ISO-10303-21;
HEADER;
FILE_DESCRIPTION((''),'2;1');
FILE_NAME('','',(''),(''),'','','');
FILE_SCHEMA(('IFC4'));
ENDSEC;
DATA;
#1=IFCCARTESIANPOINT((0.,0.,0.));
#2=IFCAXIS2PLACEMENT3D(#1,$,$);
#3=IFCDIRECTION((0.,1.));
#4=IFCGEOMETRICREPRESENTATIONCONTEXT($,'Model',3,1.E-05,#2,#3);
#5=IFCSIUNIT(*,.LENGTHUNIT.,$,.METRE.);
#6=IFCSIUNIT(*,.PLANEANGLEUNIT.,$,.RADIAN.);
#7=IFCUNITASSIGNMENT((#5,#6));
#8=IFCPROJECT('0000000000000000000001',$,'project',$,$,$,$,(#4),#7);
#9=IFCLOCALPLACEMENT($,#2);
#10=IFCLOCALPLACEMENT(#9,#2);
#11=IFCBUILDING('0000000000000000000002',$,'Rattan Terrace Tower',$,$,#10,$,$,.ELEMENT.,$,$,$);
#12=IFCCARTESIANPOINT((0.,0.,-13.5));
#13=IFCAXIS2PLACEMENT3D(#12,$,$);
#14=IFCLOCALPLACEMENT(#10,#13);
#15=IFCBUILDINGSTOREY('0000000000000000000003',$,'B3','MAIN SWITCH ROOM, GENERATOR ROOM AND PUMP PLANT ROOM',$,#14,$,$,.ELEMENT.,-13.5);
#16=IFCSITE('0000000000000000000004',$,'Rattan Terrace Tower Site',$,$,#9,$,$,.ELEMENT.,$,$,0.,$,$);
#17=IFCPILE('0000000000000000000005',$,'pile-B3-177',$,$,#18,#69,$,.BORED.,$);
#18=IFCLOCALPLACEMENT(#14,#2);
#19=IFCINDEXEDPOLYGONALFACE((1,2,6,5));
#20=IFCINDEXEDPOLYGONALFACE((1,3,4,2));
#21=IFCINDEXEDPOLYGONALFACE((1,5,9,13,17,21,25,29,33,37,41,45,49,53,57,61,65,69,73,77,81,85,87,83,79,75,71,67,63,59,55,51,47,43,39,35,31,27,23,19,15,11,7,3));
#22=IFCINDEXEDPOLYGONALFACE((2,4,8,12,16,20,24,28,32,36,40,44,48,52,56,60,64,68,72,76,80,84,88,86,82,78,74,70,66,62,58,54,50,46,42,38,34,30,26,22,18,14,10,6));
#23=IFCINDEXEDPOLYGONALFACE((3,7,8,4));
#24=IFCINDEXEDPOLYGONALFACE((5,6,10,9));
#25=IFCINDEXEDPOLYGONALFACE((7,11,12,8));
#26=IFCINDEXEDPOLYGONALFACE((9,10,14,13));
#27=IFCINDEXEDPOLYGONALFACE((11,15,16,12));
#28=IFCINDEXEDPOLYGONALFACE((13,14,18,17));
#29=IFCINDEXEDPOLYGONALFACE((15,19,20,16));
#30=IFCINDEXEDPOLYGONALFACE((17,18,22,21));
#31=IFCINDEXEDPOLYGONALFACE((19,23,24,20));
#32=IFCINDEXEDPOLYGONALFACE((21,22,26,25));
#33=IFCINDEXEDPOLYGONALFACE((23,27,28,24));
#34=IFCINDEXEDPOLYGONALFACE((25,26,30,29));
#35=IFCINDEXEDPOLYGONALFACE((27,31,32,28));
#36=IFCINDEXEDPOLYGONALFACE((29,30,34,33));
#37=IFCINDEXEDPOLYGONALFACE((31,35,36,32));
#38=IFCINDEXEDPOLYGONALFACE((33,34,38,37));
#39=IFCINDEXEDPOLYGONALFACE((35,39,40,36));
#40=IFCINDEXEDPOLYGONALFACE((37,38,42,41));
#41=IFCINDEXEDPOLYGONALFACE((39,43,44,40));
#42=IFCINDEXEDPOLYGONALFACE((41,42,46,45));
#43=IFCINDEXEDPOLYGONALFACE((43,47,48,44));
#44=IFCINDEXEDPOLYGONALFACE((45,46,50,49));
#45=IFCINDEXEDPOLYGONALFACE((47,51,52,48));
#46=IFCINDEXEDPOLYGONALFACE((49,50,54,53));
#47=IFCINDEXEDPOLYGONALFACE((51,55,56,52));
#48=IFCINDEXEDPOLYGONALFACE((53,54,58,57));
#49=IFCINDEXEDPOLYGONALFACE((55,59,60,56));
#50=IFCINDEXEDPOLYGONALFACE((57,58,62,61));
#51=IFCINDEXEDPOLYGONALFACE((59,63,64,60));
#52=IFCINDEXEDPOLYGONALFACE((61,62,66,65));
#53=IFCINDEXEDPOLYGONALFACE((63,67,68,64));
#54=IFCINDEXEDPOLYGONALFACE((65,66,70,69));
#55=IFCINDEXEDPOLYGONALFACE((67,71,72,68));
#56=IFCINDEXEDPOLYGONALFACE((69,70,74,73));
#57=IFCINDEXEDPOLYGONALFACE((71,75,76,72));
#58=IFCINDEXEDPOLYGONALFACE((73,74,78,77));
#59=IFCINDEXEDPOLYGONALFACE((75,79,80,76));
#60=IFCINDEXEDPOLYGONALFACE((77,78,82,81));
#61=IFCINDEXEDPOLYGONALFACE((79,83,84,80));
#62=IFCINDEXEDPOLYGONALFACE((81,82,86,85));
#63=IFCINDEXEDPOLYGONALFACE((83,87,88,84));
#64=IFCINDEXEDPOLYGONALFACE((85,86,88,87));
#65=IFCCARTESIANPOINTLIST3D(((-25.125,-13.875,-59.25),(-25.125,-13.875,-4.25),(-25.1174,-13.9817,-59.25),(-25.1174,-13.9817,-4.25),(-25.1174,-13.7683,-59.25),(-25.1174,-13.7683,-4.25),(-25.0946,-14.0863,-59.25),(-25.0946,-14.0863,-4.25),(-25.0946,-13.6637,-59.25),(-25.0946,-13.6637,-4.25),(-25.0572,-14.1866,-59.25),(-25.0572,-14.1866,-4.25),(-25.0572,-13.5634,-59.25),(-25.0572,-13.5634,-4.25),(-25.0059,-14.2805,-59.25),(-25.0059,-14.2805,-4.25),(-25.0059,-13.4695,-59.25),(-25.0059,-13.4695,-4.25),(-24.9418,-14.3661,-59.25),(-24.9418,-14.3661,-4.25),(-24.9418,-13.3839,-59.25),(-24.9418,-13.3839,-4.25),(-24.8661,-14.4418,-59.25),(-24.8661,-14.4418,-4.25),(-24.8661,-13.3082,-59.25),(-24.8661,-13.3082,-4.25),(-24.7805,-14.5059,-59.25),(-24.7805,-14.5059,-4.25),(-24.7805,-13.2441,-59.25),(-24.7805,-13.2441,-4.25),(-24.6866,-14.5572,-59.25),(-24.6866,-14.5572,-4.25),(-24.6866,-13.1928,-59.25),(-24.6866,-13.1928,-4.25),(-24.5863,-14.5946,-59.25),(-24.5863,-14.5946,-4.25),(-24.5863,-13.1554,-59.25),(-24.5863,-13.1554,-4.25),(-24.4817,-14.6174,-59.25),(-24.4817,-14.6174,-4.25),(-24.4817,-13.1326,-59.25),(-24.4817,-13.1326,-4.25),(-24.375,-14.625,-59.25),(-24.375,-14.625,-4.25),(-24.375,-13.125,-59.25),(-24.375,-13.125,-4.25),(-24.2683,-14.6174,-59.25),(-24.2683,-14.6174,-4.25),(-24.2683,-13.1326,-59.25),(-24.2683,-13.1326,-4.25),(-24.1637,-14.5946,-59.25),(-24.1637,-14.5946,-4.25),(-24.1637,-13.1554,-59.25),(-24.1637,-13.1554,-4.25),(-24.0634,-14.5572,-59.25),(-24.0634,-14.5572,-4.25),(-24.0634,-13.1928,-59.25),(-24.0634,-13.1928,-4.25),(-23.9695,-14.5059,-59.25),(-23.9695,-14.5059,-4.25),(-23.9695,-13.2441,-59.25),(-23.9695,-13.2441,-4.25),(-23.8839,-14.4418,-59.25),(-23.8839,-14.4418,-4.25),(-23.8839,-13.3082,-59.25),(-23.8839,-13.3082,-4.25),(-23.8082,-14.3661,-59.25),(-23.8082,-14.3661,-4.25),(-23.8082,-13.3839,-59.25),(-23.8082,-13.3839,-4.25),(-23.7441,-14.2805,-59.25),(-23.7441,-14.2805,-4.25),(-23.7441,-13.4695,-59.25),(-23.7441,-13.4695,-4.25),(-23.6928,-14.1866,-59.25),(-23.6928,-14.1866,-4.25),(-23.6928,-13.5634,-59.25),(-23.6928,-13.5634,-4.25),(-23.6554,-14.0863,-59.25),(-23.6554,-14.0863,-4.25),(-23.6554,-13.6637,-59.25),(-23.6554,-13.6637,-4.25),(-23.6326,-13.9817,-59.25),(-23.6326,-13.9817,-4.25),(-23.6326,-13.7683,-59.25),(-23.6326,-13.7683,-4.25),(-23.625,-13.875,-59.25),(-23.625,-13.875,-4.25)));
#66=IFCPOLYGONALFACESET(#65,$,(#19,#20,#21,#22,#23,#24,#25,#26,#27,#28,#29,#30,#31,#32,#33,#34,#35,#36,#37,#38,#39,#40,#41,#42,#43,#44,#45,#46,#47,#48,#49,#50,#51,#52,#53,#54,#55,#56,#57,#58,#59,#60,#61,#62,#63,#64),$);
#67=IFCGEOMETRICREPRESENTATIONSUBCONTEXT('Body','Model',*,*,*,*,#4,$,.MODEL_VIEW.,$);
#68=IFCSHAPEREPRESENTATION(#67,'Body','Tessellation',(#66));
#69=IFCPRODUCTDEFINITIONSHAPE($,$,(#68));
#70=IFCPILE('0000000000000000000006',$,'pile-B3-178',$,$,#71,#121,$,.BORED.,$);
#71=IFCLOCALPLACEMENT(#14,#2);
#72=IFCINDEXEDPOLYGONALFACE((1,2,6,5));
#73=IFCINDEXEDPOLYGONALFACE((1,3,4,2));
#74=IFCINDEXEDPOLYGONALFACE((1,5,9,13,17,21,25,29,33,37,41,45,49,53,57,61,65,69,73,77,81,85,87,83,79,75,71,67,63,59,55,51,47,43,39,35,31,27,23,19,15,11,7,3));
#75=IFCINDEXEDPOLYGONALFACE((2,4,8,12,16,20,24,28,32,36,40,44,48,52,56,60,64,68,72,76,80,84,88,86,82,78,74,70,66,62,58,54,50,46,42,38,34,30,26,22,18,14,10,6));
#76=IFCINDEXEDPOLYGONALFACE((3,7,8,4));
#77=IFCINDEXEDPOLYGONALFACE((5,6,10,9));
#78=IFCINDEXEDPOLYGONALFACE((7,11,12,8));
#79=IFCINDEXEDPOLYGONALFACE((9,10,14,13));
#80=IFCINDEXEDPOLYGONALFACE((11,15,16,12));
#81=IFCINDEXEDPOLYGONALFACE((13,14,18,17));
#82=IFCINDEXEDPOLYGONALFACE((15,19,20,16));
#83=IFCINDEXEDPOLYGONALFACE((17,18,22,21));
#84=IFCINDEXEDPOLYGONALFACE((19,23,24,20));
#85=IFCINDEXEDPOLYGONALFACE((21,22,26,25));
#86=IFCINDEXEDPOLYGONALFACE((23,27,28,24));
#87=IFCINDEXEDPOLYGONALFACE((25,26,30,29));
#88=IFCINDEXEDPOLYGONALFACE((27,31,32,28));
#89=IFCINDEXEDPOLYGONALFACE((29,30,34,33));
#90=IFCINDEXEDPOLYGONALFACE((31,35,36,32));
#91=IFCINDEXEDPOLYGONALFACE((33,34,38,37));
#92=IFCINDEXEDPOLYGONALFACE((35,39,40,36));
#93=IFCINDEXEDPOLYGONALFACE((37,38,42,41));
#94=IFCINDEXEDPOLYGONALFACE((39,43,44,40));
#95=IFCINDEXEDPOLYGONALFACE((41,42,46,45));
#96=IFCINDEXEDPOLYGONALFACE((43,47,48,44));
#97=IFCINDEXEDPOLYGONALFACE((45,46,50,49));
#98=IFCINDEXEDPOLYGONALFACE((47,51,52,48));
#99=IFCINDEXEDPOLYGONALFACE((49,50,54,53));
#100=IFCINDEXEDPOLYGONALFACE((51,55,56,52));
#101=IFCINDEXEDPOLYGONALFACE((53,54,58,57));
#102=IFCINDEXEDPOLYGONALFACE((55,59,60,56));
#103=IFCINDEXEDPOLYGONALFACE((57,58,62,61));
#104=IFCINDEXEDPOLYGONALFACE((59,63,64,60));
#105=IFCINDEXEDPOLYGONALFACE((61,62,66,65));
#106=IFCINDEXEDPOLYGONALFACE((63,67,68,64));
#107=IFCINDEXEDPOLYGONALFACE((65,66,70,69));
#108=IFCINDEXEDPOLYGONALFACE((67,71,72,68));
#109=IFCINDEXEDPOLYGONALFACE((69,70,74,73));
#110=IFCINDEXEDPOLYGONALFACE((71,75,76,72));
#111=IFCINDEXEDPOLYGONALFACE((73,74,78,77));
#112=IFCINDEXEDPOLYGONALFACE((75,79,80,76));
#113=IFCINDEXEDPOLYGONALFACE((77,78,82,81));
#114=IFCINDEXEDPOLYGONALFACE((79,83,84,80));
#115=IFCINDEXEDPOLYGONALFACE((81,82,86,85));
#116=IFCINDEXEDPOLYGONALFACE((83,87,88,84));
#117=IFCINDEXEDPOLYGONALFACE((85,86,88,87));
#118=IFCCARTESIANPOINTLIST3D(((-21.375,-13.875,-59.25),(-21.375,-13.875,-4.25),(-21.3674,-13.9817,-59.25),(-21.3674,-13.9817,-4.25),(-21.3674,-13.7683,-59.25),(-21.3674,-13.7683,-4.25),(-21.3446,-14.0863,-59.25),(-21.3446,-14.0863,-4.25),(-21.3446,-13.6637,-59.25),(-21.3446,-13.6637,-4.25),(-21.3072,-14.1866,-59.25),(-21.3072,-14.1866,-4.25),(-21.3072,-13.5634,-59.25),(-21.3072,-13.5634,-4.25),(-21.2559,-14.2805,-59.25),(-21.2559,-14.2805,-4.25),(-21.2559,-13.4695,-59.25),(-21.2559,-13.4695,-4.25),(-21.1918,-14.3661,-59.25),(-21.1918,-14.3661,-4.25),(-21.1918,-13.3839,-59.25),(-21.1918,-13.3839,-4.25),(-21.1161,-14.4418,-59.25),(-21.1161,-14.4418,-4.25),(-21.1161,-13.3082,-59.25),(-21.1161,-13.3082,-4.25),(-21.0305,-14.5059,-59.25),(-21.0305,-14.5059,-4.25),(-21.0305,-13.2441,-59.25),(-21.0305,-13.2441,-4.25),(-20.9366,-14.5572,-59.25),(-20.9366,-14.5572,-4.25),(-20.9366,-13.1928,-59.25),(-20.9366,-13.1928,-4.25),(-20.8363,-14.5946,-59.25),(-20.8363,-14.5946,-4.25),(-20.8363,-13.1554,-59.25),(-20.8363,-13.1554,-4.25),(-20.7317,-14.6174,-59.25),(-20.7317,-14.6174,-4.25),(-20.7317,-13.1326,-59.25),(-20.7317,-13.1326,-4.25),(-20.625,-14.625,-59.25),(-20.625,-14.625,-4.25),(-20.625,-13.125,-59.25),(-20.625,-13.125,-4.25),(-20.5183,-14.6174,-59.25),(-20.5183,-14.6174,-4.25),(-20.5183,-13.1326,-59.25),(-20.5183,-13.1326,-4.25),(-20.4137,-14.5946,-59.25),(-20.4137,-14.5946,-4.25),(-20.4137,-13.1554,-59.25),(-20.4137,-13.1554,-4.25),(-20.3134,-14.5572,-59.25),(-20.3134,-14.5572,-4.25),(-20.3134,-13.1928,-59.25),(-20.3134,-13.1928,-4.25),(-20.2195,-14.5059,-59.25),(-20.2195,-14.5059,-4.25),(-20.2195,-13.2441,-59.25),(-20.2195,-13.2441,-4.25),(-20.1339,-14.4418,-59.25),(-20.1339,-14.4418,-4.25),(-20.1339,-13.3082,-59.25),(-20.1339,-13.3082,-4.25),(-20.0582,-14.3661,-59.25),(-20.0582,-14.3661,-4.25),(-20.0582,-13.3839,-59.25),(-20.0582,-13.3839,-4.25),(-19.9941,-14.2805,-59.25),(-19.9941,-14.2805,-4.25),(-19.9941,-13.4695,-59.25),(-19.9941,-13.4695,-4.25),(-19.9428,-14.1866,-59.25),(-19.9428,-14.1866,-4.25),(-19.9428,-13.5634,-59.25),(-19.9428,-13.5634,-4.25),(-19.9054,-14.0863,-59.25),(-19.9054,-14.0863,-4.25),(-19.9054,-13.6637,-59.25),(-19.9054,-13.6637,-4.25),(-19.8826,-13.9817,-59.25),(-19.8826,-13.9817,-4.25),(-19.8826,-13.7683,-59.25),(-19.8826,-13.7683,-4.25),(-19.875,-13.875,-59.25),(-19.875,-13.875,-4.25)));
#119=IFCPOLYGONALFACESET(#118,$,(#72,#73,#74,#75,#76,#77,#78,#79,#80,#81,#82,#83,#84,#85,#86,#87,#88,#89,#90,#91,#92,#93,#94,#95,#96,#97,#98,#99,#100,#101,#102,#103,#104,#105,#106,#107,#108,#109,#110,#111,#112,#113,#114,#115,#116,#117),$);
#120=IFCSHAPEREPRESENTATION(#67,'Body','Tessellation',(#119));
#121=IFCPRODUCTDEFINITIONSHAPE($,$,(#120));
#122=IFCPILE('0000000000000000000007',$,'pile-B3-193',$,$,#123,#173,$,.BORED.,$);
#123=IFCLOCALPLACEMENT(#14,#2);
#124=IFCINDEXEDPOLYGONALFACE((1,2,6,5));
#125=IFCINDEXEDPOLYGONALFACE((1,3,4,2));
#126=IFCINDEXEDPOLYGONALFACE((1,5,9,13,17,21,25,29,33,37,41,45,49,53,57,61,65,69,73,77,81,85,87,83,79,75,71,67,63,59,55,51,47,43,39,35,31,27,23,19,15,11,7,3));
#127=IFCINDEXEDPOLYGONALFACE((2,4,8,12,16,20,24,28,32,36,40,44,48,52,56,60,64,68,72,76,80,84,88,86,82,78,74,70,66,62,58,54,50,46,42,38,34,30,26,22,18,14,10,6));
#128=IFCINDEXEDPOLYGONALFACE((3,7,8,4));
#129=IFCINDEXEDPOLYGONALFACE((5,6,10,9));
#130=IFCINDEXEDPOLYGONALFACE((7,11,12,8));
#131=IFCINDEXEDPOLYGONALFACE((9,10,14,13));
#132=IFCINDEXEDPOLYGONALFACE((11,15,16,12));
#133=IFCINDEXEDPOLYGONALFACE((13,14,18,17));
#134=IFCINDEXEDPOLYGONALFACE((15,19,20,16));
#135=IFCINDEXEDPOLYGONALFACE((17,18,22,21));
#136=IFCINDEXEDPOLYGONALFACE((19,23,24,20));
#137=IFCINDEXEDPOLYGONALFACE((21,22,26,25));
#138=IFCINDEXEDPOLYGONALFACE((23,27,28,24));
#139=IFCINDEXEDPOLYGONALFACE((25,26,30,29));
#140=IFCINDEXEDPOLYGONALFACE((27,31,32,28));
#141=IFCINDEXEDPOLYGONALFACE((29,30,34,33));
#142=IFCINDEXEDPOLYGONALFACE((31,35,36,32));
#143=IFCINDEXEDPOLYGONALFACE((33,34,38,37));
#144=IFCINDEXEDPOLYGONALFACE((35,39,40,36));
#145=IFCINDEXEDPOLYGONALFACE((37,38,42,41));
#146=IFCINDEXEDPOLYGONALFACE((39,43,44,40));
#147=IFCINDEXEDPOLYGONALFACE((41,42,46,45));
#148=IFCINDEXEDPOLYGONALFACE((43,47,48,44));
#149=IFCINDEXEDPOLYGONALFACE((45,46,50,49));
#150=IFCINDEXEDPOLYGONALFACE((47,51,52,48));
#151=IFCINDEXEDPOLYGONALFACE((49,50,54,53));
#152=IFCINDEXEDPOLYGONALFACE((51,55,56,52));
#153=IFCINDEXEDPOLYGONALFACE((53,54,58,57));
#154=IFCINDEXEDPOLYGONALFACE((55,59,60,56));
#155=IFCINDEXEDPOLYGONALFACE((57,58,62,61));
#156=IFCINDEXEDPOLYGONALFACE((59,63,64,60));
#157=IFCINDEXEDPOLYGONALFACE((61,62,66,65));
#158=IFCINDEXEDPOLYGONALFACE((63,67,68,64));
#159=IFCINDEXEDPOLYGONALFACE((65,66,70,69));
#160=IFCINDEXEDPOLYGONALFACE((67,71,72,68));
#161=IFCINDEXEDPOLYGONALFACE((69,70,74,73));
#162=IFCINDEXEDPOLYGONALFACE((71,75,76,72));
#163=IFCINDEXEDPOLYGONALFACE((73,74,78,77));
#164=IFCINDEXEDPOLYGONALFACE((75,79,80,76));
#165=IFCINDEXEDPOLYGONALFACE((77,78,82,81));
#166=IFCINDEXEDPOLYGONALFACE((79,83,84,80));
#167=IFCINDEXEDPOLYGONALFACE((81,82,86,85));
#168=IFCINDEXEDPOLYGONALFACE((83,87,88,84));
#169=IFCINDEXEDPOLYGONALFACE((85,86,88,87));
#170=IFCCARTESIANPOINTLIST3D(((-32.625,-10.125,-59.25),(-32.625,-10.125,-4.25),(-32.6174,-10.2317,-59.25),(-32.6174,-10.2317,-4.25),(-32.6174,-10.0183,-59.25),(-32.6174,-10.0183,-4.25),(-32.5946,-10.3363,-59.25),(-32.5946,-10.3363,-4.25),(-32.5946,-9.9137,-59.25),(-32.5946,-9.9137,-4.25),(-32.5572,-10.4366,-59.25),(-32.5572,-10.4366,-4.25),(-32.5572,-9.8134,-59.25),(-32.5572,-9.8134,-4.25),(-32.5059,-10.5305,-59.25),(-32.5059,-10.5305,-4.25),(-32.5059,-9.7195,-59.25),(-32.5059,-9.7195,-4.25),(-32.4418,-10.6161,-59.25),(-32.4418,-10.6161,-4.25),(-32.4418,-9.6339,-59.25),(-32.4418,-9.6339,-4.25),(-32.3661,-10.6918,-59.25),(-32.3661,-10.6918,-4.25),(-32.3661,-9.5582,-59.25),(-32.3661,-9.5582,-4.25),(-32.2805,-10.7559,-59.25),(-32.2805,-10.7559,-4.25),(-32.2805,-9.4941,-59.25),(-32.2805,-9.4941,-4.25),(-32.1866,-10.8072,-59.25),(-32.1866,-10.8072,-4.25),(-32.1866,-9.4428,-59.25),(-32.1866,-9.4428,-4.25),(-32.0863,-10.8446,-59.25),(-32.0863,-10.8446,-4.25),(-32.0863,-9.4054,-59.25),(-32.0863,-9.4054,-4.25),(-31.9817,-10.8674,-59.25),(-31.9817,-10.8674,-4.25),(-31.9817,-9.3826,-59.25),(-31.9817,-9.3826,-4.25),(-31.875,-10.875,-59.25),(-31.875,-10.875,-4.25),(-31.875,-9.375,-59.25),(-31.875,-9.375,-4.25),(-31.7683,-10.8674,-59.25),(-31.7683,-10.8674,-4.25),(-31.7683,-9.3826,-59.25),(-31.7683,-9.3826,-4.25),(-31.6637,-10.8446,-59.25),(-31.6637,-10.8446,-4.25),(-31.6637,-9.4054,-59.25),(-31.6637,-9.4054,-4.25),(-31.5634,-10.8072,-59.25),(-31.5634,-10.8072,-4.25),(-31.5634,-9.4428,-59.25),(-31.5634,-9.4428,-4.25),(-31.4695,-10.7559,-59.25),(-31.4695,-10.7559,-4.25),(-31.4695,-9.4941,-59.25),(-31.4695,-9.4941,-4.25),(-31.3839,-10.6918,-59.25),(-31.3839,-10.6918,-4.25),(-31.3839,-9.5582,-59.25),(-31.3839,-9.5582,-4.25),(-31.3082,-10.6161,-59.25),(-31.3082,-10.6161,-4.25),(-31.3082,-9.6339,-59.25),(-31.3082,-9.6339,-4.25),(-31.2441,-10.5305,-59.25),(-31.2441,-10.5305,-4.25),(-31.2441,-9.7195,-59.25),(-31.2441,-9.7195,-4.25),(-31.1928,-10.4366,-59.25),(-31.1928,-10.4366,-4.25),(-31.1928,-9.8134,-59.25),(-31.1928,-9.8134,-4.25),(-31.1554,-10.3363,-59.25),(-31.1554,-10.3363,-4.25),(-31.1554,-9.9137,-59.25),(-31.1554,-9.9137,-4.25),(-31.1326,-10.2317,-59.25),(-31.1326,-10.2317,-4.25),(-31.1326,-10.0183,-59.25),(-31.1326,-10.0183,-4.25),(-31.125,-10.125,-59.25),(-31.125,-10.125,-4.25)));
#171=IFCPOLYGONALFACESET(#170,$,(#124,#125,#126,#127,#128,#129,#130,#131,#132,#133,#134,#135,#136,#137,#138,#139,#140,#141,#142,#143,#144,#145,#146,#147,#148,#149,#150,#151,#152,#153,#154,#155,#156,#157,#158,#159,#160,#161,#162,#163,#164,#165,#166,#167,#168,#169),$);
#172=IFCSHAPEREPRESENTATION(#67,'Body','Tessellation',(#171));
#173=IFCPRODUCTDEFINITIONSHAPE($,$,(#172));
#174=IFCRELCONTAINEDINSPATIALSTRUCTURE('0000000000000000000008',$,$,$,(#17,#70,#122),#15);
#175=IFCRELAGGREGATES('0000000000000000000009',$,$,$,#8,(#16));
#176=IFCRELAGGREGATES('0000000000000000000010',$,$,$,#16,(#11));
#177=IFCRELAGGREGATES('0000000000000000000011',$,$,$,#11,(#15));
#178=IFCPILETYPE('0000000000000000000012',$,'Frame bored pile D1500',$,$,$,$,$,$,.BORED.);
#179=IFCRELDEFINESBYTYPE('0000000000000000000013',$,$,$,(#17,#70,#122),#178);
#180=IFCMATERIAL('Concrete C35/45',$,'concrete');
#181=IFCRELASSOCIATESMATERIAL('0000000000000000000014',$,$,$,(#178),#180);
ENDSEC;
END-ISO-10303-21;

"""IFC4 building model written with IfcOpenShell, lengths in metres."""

from ifc_helpers import new_model, si_unit, direction, frame, origin, origin_2d, place, context, subcontext, project, spatial, circle, extrude, material, material_profile, profile_set, type_object, element, save


model = new_model("IFC4")

# Units and contexts
model_context = context("Model", 3, precision=1e-05, world=origin(), true_north=direction((0.0, 1.0)))
body_context = subcontext(model_context, "Body", "Model", "MODEL_VIEW")
ifc_project = project(units=[si_unit("LENGTHUNIT", "METRE"), si_unit("PLANEANGLEUNIT", "RADIAN")], contexts=[model_context])

# Site, building, storey
site_placement = place(None, origin())
site = spatial("IfcSite", under=ifc_project, at=site_placement, Name="Rattan Terrace Tower Site", CompositionType="ELEMENT", RefElevation=0.0)
building_placement = place(site_placement, origin())
building = spatial("IfcBuilding", under=site, at=building_placement, Name="Rattan Terrace Tower", CompositionType="ELEMENT")
storey_placement = place(building_placement, frame((0.0, 0.0, -13.5)))
storey = spatial("IfcBuildingStorey", under=building, at=storey_placement, Name="B3", Description="MAIN SWITCH ROOM, GENERATOR ROOM AND PUMP PLANT ROOM", CompositionType="ELEMENT", Elevation=-13.5)

# Piles
ifc_material_1 = material(Name="Concrete C35/45", Category="concrete")
ifc_material_profile_1 = material_profile(ifc_material_1, circle(Radius=0.75, at=origin_2d()), Name="PILE D1500")
ifc_profile_set_1 = profile_set([ifc_material_profile_1], Name="Concrete C35/45")
pile_type = type_object("IfcPileType", Name="Frame bored pile D1500", PredefinedType="BORED", material=ifc_profile_set_1)
for number, where, z_axis, x_axis, name in (
    (1, (-24.375, -13.875, -4.25), (0.0, 0.0, -1.0), (1.0, 0.0, 0.0), "pile-B3-177"),
    (2, (-20.625, -13.875, -4.25), (0.0, 0.0, -1.0), (1.0, 0.0, 0.0), "pile-B3-178"),
    (3, (-31.875, -10.125, -4.25), (0.0, 0.0, -1.0), (1.0, 0.0, 0.0), "pile-B3-193"),
):
    element("IfcPile", number, at=place(storey_placement, frame(where, z_axis=z_axis, x_axis=x_axis)), inside=storey, type_object=pile_type, Name=name, PredefinedType="BORED", context=body_context, shape_type="SweptSolid", body=[
        extrude(circle(Radius=0.75, at=origin_2d()), origin(), (0.0, 0.0, 1.0), 55.0),
    ])

save(model, "model.ifc")
